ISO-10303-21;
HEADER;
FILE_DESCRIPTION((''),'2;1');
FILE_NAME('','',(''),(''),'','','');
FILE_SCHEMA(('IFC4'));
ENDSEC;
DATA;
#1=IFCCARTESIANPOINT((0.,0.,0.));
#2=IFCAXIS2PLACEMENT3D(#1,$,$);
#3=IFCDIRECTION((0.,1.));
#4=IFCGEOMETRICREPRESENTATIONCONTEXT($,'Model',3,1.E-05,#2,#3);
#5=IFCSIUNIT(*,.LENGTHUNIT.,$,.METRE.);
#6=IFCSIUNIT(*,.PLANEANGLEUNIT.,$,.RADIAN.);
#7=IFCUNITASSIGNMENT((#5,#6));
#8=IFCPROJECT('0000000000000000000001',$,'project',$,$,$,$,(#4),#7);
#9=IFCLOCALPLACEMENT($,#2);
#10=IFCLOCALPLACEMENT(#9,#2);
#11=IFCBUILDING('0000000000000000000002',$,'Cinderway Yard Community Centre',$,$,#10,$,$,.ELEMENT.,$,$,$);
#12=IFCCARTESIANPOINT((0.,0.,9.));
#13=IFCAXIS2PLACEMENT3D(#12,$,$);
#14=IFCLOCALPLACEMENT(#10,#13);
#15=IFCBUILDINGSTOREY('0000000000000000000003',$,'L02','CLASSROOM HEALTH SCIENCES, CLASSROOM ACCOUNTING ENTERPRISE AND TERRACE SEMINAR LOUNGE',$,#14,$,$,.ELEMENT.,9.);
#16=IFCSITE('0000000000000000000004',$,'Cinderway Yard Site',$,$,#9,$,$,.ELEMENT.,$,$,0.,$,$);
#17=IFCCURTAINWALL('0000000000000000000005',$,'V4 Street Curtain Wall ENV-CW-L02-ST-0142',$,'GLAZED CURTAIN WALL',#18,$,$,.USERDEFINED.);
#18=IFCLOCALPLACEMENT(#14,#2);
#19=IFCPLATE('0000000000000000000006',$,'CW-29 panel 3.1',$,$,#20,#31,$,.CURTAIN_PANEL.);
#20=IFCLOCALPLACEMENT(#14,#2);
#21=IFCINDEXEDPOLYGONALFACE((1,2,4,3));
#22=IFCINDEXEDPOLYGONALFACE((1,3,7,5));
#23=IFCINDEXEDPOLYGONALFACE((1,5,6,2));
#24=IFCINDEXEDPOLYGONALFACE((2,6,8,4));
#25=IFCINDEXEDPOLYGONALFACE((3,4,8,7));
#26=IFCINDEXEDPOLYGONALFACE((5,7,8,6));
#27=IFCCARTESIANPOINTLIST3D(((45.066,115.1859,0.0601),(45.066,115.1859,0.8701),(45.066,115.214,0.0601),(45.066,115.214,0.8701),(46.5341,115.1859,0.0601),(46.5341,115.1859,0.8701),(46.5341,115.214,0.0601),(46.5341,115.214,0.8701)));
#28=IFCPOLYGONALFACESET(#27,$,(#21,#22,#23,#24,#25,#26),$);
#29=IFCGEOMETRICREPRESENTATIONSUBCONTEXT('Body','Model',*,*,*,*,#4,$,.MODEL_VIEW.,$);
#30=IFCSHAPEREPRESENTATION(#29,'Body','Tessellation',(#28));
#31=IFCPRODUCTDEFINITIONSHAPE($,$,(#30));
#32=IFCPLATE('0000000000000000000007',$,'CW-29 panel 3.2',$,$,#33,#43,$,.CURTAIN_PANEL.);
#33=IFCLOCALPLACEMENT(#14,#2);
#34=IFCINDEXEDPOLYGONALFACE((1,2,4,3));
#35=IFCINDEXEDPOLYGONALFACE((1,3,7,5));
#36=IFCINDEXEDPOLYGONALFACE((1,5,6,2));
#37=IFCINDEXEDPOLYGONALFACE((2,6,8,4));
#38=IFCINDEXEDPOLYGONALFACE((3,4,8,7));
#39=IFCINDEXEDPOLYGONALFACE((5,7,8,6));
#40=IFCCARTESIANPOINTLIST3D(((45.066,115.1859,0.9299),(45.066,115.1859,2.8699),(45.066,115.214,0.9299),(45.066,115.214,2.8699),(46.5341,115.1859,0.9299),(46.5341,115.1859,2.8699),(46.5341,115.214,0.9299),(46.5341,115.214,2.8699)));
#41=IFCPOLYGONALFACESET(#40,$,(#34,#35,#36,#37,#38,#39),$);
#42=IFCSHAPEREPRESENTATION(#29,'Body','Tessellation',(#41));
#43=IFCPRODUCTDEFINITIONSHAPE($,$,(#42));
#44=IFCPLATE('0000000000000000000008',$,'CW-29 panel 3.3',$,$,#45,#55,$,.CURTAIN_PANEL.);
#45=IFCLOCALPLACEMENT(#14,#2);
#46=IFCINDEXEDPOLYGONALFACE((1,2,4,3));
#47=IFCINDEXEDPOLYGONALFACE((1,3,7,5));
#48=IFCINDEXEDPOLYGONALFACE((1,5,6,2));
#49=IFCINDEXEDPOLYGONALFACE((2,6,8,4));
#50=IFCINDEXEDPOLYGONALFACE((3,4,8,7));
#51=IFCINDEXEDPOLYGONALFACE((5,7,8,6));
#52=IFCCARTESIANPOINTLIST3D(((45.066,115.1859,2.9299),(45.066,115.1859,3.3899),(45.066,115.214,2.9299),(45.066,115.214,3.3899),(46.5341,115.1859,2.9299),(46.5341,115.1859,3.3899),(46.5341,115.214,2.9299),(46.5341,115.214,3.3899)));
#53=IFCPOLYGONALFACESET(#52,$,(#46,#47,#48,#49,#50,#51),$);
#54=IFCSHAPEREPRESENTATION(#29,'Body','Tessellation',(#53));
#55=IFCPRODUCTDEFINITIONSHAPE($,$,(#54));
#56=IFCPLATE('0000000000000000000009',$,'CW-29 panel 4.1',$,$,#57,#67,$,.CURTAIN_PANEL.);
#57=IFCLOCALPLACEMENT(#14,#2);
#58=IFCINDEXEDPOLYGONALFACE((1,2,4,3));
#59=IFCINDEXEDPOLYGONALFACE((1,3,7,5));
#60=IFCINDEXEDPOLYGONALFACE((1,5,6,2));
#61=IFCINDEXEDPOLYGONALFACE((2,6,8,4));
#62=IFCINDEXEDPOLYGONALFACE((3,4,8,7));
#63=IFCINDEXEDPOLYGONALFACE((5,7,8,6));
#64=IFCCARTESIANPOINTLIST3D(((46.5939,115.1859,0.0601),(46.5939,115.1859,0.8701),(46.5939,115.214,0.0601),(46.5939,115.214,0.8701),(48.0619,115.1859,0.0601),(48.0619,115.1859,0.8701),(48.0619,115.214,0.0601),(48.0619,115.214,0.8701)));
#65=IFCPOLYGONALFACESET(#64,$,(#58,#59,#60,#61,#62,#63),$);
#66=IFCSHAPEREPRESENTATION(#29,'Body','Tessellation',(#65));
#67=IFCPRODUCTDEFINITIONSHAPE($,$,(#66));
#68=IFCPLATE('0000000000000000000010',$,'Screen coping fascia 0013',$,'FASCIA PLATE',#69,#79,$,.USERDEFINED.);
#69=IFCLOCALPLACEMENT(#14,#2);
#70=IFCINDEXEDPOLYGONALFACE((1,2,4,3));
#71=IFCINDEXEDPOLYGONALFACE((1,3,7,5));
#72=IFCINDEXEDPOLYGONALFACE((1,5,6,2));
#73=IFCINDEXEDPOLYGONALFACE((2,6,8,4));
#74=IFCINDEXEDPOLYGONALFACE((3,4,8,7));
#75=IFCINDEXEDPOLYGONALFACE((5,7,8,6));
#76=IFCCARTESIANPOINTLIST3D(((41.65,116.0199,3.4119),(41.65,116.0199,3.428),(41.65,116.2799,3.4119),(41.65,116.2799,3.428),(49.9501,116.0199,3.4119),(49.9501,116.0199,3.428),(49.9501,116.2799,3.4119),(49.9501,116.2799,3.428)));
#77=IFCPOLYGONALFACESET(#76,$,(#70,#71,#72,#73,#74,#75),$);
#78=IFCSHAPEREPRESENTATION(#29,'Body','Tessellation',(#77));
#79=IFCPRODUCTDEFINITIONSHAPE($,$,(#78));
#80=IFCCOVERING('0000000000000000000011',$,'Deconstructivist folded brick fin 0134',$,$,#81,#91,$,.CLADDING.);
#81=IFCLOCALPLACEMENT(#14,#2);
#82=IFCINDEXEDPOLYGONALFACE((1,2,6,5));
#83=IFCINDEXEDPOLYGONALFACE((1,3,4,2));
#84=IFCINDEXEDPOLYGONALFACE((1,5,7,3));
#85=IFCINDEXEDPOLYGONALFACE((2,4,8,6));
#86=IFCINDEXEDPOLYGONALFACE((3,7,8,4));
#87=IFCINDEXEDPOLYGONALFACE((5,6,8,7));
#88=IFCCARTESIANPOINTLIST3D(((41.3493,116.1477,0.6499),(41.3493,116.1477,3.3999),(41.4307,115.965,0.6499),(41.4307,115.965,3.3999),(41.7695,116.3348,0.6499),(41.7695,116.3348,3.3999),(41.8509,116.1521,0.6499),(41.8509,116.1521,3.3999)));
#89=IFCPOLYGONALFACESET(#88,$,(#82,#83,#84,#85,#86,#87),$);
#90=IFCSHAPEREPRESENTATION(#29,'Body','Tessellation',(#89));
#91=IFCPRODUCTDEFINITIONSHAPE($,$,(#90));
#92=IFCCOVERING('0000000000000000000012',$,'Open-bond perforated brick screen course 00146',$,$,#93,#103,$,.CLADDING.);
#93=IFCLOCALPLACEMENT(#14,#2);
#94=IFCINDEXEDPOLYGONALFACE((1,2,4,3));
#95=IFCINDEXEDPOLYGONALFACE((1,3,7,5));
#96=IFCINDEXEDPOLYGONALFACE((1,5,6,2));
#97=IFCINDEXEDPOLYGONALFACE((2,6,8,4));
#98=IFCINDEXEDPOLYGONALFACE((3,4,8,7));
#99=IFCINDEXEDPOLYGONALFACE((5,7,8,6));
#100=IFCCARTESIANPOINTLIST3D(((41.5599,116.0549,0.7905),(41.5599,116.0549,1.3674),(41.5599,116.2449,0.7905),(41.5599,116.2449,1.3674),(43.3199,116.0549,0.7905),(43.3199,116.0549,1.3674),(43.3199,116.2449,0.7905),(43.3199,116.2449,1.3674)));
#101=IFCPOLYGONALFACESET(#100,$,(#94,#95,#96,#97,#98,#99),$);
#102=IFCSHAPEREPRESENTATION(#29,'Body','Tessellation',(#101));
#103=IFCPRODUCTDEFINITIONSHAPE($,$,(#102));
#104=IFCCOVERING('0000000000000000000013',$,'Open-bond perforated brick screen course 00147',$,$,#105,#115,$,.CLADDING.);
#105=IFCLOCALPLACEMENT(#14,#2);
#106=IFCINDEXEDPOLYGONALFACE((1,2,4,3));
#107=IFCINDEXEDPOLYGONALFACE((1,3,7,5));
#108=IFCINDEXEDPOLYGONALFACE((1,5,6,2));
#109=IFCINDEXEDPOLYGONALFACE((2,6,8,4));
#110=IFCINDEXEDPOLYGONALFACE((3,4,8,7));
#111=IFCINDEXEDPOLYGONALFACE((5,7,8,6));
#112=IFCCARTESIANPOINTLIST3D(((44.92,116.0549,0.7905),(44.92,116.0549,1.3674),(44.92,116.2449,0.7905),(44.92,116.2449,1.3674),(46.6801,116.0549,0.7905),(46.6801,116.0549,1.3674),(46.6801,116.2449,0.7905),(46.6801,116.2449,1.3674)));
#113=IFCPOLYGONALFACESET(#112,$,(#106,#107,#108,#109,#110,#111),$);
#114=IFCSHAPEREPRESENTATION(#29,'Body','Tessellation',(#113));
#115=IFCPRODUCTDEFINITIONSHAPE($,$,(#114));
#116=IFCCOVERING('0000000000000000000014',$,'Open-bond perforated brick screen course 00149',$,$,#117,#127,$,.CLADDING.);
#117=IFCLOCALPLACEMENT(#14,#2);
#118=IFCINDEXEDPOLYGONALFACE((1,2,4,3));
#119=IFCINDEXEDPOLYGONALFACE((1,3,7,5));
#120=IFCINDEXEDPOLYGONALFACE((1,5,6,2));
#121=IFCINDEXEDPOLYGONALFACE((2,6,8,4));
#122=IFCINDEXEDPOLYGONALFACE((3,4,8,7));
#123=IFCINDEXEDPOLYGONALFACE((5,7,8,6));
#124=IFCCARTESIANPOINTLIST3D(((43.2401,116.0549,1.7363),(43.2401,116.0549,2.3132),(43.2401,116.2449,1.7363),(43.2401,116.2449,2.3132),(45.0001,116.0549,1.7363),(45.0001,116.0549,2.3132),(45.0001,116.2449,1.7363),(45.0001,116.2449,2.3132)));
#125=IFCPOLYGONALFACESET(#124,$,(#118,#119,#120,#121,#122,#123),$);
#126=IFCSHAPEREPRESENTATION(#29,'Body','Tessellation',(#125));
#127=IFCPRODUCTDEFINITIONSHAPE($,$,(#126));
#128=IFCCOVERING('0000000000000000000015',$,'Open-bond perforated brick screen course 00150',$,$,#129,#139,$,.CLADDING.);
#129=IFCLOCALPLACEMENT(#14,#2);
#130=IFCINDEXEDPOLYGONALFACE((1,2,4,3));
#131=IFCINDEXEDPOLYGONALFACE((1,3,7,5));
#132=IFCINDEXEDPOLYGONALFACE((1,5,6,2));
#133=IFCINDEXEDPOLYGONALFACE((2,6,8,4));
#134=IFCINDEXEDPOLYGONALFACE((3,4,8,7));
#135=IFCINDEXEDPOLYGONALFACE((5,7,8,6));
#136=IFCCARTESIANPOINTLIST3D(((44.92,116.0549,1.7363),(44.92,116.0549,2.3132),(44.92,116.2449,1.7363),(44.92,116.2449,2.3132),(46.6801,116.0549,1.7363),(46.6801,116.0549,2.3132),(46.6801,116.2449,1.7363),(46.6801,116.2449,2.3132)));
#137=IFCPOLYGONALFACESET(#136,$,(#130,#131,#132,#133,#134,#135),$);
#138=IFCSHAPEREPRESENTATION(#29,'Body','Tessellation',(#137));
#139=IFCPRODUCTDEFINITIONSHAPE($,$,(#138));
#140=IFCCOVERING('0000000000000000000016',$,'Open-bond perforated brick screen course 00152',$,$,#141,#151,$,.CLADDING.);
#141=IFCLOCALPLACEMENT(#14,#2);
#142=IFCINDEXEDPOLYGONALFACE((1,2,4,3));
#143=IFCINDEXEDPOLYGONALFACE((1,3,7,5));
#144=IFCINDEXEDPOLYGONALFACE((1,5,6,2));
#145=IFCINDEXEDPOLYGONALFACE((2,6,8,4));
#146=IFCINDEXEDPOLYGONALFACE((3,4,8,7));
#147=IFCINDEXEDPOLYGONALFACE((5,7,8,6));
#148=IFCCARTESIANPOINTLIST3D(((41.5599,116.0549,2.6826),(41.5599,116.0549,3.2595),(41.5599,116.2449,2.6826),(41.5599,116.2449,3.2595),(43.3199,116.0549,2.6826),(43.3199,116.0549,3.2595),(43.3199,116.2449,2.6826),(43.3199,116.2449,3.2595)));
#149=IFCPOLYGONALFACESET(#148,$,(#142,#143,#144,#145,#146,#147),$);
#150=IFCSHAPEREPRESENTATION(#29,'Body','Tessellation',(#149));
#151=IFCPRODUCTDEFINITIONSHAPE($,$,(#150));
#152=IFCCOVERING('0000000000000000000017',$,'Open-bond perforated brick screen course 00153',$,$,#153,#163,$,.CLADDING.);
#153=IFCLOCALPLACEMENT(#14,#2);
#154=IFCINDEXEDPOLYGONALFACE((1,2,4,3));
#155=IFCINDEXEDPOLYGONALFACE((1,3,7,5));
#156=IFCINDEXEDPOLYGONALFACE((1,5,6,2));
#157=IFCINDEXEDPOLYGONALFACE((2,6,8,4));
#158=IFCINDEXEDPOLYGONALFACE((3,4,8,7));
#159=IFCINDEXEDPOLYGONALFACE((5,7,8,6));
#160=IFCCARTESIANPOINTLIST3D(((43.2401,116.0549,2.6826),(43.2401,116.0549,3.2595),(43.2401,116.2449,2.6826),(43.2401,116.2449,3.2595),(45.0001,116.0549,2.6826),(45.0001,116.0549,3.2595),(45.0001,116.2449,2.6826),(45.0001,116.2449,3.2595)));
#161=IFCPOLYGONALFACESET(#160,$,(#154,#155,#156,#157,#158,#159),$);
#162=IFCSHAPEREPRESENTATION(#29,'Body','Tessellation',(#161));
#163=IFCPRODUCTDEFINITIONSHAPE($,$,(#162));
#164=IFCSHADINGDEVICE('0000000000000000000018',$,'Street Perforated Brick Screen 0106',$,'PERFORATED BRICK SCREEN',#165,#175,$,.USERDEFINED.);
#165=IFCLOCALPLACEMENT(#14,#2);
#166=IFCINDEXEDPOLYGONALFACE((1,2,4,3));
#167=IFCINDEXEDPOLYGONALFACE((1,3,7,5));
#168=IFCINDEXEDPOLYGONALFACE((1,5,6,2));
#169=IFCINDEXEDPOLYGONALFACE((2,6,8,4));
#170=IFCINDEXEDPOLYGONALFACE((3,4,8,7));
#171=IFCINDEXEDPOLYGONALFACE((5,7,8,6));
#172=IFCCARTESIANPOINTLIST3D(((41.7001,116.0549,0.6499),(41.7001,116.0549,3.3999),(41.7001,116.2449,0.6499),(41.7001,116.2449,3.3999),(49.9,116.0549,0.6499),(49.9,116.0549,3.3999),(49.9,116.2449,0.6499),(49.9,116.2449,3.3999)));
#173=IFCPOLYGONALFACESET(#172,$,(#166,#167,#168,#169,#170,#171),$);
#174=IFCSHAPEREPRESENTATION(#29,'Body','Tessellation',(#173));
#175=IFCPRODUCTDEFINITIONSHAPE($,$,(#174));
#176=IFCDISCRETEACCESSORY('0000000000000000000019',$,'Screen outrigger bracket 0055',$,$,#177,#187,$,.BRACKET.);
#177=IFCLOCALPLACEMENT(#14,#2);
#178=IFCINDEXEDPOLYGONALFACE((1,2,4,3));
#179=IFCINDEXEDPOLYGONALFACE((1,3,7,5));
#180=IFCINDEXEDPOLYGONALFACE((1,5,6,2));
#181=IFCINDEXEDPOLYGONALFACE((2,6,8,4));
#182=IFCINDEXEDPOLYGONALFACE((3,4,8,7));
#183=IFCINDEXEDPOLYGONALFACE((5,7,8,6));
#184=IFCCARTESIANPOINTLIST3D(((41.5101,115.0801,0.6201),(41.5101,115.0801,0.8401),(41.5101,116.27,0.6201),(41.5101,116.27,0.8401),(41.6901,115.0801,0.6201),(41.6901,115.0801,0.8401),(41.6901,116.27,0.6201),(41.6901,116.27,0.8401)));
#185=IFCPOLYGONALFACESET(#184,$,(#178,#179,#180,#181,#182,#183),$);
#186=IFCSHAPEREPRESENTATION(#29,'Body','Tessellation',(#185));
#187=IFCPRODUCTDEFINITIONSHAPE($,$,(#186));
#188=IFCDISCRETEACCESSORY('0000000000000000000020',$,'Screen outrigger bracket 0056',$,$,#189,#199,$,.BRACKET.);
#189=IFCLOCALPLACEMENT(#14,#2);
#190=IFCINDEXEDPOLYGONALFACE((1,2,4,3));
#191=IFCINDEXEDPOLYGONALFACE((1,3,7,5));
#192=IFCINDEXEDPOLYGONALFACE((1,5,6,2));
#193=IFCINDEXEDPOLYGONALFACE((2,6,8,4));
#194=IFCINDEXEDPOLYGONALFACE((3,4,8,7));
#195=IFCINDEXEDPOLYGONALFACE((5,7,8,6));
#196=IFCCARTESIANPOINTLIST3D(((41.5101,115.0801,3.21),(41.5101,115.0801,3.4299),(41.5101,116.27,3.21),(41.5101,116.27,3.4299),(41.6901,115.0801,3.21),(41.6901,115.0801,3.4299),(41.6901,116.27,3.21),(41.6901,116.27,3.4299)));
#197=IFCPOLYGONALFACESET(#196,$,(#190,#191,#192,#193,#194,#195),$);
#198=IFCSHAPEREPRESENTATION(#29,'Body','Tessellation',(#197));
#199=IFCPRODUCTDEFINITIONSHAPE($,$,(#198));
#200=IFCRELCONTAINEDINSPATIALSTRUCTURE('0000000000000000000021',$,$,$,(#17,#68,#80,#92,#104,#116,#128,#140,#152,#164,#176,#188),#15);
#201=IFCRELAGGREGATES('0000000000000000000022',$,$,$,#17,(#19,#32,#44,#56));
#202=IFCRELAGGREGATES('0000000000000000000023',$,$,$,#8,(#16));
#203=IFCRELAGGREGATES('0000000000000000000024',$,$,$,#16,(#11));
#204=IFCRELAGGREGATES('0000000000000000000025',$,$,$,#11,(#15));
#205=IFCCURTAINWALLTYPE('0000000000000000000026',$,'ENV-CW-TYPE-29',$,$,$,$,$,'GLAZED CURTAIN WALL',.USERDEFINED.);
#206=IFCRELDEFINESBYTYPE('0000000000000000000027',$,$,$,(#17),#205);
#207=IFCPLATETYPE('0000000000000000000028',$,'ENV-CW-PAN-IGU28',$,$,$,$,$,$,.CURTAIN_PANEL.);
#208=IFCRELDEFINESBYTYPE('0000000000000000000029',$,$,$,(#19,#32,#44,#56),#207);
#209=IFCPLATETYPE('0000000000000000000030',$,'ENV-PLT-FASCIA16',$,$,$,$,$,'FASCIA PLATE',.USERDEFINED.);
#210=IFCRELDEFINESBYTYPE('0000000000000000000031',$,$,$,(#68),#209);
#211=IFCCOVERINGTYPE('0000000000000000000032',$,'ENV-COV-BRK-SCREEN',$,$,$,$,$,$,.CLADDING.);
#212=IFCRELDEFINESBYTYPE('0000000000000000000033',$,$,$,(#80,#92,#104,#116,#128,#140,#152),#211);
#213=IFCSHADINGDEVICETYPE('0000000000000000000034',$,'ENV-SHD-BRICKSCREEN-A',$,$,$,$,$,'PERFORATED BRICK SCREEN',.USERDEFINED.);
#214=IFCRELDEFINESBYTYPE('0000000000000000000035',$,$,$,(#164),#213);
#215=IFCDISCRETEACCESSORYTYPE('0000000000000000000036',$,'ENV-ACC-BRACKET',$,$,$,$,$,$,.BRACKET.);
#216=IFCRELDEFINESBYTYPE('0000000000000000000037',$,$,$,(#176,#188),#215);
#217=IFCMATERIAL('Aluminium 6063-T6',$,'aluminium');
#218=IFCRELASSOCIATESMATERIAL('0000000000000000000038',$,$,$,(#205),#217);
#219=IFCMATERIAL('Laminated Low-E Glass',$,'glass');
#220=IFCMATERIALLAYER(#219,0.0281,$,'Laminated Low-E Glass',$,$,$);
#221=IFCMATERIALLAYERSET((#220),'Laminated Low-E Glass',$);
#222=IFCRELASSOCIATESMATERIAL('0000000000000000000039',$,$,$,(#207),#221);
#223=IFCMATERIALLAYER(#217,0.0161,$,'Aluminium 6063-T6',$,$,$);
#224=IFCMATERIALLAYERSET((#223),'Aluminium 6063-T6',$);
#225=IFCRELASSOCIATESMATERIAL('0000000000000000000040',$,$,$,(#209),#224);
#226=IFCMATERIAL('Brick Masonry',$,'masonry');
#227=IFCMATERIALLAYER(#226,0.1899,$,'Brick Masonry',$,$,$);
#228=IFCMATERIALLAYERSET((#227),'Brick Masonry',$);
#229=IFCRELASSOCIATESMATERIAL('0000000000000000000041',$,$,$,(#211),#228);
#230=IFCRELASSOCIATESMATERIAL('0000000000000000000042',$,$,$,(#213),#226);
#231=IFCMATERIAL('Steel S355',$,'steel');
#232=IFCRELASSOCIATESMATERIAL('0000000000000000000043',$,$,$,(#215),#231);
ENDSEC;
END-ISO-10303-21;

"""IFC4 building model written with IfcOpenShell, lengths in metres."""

from ifc_helpers import new_model, si_unit, direction, frame, origin, origin_2d, place, context, subcontext, project, spatial, rectangle, extrude, material, layer, layer_set, type_object, element, aggregate, save


model = new_model("IFC4")

# Units and contexts
model_context = context("Model", 3, precision=1e-05, world=origin(), true_north=direction((0.0, 1.0)))
body_context = subcontext(model_context, "Body", "Model", "MODEL_VIEW")
ifc_project = project(units=[si_unit("LENGTHUNIT", "METRE"), si_unit("PLANEANGLEUNIT", "RADIAN")], contexts=[model_context])

# Site, building, storey
site_placement = place(None, origin())
site = spatial("IfcSite", under=ifc_project, at=site_placement, Name="Cinderway Yard Site", CompositionType="ELEMENT", RefElevation=0.0)
building_placement = place(site_placement, origin())
building = spatial("IfcBuilding", under=site, at=building_placement, Name="Cinderway Yard Community Centre", CompositionType="ELEMENT")
storey_placement = place(building_placement, frame((0.0, 0.0, 9.0)))
storey = spatial("IfcBuildingStorey", under=building, at=storey_placement, Name="L02", Description="CLASSROOM HEALTH SCIENCES, CLASSROOM ACCOUNTING ENTERPRISE AND TERRACE SEMINAR LOUNGE", CompositionType="ELEMENT", Elevation=9.0)

# Curtain wall
ifc_material_1 = material(Name="Aluminium 6063-T6", Category="aluminium")
curtain_wall_type = type_object("IfcCurtainWallType", Name="ENV-CW-TYPE-29", ElementType="GLAZED CURTAIN WALL", PredefinedType="USERDEFINED", material=ifc_material_1)
curtain_wall_placement = place(storey_placement, origin())
curtain_wall = element("IfcCurtainWall", 1, at=curtain_wall_placement, inside=storey, type_object=curtain_wall_type, Name="V4 Street Curtain Wall ENV-CW-L02-ST-0142", ObjectType="GLAZED CURTAIN WALL", PredefinedType="USERDEFINED")

# Shared definitions
ifc_material_2 = material(Name="Steel S355", Category="steel")

# Plates
ifc_material_3 = material(Name="Laminated Low-E Glass", Category="glass")
ifc_layer_1 = layer(ifc_material_3, 0.0281, Name="Laminated Low-E Glass")
ifc_layer_set_1 = layer_set([ifc_layer_1], Name="Laminated Low-E Glass")
plate_type_1 = type_object("IfcPlateType", Name="ENV-CW-PAN-IGU28", PredefinedType="CURTAIN_PANEL", material=ifc_layer_set_1)
plate_1_placement = place(storey_placement, frame((45.8, 115.2, 0.0601), z_axis=(0.0, 0.0, 1.0), x_axis=(1.0, 0.0, 0.0)))
plate_1 = element("IfcPlate", 2, at=plate_1_placement, type_object=plate_type_1, Name="CW-29 panel 3.1", PredefinedType="CURTAIN_PANEL", context=body_context, shape_type="SweptSolid", body=[
    extrude(rectangle(XDim=1.468, YDim=0.0281, at=origin_2d()), origin(), (0.0, 0.0, 1.0), 0.8101),
])
plate_2_placement = place(storey_placement, frame((45.8, 115.2, 0.9299), z_axis=(0.0, 0.0, 1.0), x_axis=(1.0, 0.0, 0.0)))
plate_2 = element("IfcPlate", 3, at=plate_2_placement, type_object=plate_type_1, Name="CW-29 panel 3.2", PredefinedType="CURTAIN_PANEL", context=body_context, shape_type="SweptSolid", body=[
    extrude(rectangle(XDim=1.468, YDim=0.0281, at=origin_2d()), origin(), (0.0, 0.0, 1.0), 1.9399),
])
plate_3_placement = place(storey_placement, frame((45.8, 115.2, 2.9299), z_axis=(0.0, 0.0, 1.0), x_axis=(1.0, 0.0, 0.0)))
plate_3 = element("IfcPlate", 4, at=plate_3_placement, type_object=plate_type_1, Name="CW-29 panel 3.3", PredefinedType="CURTAIN_PANEL", context=body_context, shape_type="SweptSolid", body=[
    extrude(rectangle(XDim=1.468, YDim=0.0281, at=origin_2d()), origin(), (0.0, 0.0, 1.0), 0.46),
])
plate_4_placement = place(storey_placement, frame((47.3279, 115.2, 0.0601), z_axis=(0.0, 0.0, 1.0), x_axis=(1.0, 0.0, 0.0)))
plate_4 = element("IfcPlate", 5, at=plate_4_placement, type_object=plate_type_1, Name="CW-29 panel 4.1", PredefinedType="CURTAIN_PANEL", context=body_context, shape_type="SweptSolid", body=[
    extrude(rectangle(XDim=1.468, YDim=0.0281, at=origin_2d()), origin(), (0.0, 0.0, 1.0), 0.8101),
])
aggregate(curtain_wall, [plate_1, plate_2, plate_3, plate_4])
ifc_layer_2 = layer(ifc_material_1, 0.0161, Name="Aluminium 6063-T6")
ifc_layer_set_2 = layer_set([ifc_layer_2], Name="Aluminium 6063-T6")
plate_type_2 = type_object("IfcPlateType", Name="ENV-PLT-FASCIA16", ElementType="FASCIA PLATE", PredefinedType="USERDEFINED", material=ifc_layer_set_2)
plate_5_placement = place(storey_placement, frame((45.8, 116.1499, 3.4119), z_axis=(0.0, 0.0, 1.0), x_axis=(1.0, 0.0, 0.0)))
element("IfcPlate", 6, at=plate_5_placement, inside=storey, type_object=plate_type_2, Name="Screen coping fascia 0013", ObjectType="FASCIA PLATE", PredefinedType="USERDEFINED", context=body_context, shape_type="SweptSolid", body=[
    extrude(rectangle(XDim=8.3, YDim=0.26, at=origin_2d()), origin(), (0.0, 0.0, 1.0), 0.0161),
])

# Coverings
ifc_material_4 = material(Name="Brick Masonry", Category="masonry")
ifc_layer_3 = layer(ifc_material_4, 0.1899, Name="Brick Masonry")
ifc_layer_set_3 = layer_set([ifc_layer_3], Name="Brick Masonry")
covering_type = type_object("IfcCoveringType", Name="ENV-COV-BRK-SCREEN", PredefinedType="CLADDING", material=ifc_layer_set_3)
covering_placement = place(storey_placement, frame((41.6001, 116.1499, 0.6499), z_axis=(0.0, 0.0, 1.0), x_axis=(0.913545, 0.406737, 0.0)))
element("IfcCovering", 7, at=covering_placement, inside=storey, type_object=covering_type, Name="Deconstructivist folded brick fin 0134", PredefinedType="CLADDING", context=body_context, shape_type="SweptSolid", body=[
    extrude(rectangle(XDim=0.46, YDim=0.2, at=origin_2d()), origin(), (0.0, 0.0, 1.0), 2.75),
])
for number, where, z_axis, x_axis, name in (
    (8, (42.4399, 116.1499, 0.7905), (0.0, 0.0, 1.0), (1.0, 0.0, 0.0), "Open-bond perforated brick screen course 00146"),
    (9, (45.8, 116.1499, 0.7905), (0.0, 0.0, 1.0), (1.0, 0.0, 0.0), "Open-bond perforated brick screen course 00147"),
    (10, (44.1201, 116.1499, 1.7363), (0.0, 0.0, 1.0), (1.0, 0.0, 0.0), "Open-bond perforated brick screen course 00149"),
    (11, (45.8, 116.1499, 1.7363), (0.0, 0.0, 1.0), (1.0, 0.0, 0.0), "Open-bond perforated brick screen course 00150"),
    (12, (42.4399, 116.1499, 2.6826), (0.0, 0.0, 1.0), (1.0, 0.0, 0.0), "Open-bond perforated brick screen course 00152"),
    (13, (44.1201, 116.1499, 2.6826), (0.0, 0.0, 1.0), (1.0, 0.0, 0.0), "Open-bond perforated brick screen course 00153"),
):
    element("IfcCovering", number, at=place(storey_placement, frame(where, z_axis=z_axis, x_axis=x_axis)), inside=storey, type_object=covering_type, Name=name, PredefinedType="CLADDING", context=body_context, shape_type="SweptSolid", body=[
        extrude(rectangle(XDim=1.76, YDim=0.1899, at=origin_2d()), origin(), (0.0, 0.0, 1.0), 0.5769),
    ])

# Shading device
shading_device_type = type_object("IfcShadingDeviceType", Name="ENV-SHD-BRICKSCREEN-A", ElementType="PERFORATED BRICK SCREEN", PredefinedType="USERDEFINED", material=ifc_material_4)
shading_device_placement = place(storey_placement, frame((45.8, 116.1499, 0.6499), z_axis=(0.0, 0.0, 1.0), x_axis=(1.0, 0.0, 0.0)))
element("IfcShadingDevice", 14, at=shading_device_placement, inside=storey, type_object=shading_device_type, Name="Street Perforated Brick Screen 0106", ObjectType="PERFORATED BRICK SCREEN", PredefinedType="USERDEFINED", context=body_context, shape_type="SweptSolid", body=[
    extrude(rectangle(XDim=8.2, YDim=0.1899, at=origin_2d()), origin(), (0.0, 0.0, 1.0), 2.75),
])

# Discrete accessories
discrete_accessory_type = type_object("IfcDiscreteAccessoryType", Name="ENV-ACC-BRACKET", PredefinedType="BRACKET", material=ifc_material_2)
for number, where, z_axis, x_axis, name in (
    (15, (41.6001, 115.675, 0.6201), (0.0, 0.0, 1.0), (0.0, 1.0, 0.0), "Screen outrigger bracket 0055"),
    (16, (41.6001, 115.675, 3.21), (0.0, 0.0, 1.0), (0.0, 1.0, 0.0), "Screen outrigger bracket 0056"),
):
    element("IfcDiscreteAccessory", number, at=place(storey_placement, frame(where, z_axis=z_axis, x_axis=x_axis)), inside=storey, type_object=discrete_accessory_type, Name=name, PredefinedType="BRACKET", context=body_context, shape_type="SweptSolid", body=[
        extrude(rectangle(XDim=1.1899, YDim=0.1799, at=origin_2d()), origin(), (0.0, 0.0, 1.0), 0.22),
    ])

save(model, "model.ifc")
